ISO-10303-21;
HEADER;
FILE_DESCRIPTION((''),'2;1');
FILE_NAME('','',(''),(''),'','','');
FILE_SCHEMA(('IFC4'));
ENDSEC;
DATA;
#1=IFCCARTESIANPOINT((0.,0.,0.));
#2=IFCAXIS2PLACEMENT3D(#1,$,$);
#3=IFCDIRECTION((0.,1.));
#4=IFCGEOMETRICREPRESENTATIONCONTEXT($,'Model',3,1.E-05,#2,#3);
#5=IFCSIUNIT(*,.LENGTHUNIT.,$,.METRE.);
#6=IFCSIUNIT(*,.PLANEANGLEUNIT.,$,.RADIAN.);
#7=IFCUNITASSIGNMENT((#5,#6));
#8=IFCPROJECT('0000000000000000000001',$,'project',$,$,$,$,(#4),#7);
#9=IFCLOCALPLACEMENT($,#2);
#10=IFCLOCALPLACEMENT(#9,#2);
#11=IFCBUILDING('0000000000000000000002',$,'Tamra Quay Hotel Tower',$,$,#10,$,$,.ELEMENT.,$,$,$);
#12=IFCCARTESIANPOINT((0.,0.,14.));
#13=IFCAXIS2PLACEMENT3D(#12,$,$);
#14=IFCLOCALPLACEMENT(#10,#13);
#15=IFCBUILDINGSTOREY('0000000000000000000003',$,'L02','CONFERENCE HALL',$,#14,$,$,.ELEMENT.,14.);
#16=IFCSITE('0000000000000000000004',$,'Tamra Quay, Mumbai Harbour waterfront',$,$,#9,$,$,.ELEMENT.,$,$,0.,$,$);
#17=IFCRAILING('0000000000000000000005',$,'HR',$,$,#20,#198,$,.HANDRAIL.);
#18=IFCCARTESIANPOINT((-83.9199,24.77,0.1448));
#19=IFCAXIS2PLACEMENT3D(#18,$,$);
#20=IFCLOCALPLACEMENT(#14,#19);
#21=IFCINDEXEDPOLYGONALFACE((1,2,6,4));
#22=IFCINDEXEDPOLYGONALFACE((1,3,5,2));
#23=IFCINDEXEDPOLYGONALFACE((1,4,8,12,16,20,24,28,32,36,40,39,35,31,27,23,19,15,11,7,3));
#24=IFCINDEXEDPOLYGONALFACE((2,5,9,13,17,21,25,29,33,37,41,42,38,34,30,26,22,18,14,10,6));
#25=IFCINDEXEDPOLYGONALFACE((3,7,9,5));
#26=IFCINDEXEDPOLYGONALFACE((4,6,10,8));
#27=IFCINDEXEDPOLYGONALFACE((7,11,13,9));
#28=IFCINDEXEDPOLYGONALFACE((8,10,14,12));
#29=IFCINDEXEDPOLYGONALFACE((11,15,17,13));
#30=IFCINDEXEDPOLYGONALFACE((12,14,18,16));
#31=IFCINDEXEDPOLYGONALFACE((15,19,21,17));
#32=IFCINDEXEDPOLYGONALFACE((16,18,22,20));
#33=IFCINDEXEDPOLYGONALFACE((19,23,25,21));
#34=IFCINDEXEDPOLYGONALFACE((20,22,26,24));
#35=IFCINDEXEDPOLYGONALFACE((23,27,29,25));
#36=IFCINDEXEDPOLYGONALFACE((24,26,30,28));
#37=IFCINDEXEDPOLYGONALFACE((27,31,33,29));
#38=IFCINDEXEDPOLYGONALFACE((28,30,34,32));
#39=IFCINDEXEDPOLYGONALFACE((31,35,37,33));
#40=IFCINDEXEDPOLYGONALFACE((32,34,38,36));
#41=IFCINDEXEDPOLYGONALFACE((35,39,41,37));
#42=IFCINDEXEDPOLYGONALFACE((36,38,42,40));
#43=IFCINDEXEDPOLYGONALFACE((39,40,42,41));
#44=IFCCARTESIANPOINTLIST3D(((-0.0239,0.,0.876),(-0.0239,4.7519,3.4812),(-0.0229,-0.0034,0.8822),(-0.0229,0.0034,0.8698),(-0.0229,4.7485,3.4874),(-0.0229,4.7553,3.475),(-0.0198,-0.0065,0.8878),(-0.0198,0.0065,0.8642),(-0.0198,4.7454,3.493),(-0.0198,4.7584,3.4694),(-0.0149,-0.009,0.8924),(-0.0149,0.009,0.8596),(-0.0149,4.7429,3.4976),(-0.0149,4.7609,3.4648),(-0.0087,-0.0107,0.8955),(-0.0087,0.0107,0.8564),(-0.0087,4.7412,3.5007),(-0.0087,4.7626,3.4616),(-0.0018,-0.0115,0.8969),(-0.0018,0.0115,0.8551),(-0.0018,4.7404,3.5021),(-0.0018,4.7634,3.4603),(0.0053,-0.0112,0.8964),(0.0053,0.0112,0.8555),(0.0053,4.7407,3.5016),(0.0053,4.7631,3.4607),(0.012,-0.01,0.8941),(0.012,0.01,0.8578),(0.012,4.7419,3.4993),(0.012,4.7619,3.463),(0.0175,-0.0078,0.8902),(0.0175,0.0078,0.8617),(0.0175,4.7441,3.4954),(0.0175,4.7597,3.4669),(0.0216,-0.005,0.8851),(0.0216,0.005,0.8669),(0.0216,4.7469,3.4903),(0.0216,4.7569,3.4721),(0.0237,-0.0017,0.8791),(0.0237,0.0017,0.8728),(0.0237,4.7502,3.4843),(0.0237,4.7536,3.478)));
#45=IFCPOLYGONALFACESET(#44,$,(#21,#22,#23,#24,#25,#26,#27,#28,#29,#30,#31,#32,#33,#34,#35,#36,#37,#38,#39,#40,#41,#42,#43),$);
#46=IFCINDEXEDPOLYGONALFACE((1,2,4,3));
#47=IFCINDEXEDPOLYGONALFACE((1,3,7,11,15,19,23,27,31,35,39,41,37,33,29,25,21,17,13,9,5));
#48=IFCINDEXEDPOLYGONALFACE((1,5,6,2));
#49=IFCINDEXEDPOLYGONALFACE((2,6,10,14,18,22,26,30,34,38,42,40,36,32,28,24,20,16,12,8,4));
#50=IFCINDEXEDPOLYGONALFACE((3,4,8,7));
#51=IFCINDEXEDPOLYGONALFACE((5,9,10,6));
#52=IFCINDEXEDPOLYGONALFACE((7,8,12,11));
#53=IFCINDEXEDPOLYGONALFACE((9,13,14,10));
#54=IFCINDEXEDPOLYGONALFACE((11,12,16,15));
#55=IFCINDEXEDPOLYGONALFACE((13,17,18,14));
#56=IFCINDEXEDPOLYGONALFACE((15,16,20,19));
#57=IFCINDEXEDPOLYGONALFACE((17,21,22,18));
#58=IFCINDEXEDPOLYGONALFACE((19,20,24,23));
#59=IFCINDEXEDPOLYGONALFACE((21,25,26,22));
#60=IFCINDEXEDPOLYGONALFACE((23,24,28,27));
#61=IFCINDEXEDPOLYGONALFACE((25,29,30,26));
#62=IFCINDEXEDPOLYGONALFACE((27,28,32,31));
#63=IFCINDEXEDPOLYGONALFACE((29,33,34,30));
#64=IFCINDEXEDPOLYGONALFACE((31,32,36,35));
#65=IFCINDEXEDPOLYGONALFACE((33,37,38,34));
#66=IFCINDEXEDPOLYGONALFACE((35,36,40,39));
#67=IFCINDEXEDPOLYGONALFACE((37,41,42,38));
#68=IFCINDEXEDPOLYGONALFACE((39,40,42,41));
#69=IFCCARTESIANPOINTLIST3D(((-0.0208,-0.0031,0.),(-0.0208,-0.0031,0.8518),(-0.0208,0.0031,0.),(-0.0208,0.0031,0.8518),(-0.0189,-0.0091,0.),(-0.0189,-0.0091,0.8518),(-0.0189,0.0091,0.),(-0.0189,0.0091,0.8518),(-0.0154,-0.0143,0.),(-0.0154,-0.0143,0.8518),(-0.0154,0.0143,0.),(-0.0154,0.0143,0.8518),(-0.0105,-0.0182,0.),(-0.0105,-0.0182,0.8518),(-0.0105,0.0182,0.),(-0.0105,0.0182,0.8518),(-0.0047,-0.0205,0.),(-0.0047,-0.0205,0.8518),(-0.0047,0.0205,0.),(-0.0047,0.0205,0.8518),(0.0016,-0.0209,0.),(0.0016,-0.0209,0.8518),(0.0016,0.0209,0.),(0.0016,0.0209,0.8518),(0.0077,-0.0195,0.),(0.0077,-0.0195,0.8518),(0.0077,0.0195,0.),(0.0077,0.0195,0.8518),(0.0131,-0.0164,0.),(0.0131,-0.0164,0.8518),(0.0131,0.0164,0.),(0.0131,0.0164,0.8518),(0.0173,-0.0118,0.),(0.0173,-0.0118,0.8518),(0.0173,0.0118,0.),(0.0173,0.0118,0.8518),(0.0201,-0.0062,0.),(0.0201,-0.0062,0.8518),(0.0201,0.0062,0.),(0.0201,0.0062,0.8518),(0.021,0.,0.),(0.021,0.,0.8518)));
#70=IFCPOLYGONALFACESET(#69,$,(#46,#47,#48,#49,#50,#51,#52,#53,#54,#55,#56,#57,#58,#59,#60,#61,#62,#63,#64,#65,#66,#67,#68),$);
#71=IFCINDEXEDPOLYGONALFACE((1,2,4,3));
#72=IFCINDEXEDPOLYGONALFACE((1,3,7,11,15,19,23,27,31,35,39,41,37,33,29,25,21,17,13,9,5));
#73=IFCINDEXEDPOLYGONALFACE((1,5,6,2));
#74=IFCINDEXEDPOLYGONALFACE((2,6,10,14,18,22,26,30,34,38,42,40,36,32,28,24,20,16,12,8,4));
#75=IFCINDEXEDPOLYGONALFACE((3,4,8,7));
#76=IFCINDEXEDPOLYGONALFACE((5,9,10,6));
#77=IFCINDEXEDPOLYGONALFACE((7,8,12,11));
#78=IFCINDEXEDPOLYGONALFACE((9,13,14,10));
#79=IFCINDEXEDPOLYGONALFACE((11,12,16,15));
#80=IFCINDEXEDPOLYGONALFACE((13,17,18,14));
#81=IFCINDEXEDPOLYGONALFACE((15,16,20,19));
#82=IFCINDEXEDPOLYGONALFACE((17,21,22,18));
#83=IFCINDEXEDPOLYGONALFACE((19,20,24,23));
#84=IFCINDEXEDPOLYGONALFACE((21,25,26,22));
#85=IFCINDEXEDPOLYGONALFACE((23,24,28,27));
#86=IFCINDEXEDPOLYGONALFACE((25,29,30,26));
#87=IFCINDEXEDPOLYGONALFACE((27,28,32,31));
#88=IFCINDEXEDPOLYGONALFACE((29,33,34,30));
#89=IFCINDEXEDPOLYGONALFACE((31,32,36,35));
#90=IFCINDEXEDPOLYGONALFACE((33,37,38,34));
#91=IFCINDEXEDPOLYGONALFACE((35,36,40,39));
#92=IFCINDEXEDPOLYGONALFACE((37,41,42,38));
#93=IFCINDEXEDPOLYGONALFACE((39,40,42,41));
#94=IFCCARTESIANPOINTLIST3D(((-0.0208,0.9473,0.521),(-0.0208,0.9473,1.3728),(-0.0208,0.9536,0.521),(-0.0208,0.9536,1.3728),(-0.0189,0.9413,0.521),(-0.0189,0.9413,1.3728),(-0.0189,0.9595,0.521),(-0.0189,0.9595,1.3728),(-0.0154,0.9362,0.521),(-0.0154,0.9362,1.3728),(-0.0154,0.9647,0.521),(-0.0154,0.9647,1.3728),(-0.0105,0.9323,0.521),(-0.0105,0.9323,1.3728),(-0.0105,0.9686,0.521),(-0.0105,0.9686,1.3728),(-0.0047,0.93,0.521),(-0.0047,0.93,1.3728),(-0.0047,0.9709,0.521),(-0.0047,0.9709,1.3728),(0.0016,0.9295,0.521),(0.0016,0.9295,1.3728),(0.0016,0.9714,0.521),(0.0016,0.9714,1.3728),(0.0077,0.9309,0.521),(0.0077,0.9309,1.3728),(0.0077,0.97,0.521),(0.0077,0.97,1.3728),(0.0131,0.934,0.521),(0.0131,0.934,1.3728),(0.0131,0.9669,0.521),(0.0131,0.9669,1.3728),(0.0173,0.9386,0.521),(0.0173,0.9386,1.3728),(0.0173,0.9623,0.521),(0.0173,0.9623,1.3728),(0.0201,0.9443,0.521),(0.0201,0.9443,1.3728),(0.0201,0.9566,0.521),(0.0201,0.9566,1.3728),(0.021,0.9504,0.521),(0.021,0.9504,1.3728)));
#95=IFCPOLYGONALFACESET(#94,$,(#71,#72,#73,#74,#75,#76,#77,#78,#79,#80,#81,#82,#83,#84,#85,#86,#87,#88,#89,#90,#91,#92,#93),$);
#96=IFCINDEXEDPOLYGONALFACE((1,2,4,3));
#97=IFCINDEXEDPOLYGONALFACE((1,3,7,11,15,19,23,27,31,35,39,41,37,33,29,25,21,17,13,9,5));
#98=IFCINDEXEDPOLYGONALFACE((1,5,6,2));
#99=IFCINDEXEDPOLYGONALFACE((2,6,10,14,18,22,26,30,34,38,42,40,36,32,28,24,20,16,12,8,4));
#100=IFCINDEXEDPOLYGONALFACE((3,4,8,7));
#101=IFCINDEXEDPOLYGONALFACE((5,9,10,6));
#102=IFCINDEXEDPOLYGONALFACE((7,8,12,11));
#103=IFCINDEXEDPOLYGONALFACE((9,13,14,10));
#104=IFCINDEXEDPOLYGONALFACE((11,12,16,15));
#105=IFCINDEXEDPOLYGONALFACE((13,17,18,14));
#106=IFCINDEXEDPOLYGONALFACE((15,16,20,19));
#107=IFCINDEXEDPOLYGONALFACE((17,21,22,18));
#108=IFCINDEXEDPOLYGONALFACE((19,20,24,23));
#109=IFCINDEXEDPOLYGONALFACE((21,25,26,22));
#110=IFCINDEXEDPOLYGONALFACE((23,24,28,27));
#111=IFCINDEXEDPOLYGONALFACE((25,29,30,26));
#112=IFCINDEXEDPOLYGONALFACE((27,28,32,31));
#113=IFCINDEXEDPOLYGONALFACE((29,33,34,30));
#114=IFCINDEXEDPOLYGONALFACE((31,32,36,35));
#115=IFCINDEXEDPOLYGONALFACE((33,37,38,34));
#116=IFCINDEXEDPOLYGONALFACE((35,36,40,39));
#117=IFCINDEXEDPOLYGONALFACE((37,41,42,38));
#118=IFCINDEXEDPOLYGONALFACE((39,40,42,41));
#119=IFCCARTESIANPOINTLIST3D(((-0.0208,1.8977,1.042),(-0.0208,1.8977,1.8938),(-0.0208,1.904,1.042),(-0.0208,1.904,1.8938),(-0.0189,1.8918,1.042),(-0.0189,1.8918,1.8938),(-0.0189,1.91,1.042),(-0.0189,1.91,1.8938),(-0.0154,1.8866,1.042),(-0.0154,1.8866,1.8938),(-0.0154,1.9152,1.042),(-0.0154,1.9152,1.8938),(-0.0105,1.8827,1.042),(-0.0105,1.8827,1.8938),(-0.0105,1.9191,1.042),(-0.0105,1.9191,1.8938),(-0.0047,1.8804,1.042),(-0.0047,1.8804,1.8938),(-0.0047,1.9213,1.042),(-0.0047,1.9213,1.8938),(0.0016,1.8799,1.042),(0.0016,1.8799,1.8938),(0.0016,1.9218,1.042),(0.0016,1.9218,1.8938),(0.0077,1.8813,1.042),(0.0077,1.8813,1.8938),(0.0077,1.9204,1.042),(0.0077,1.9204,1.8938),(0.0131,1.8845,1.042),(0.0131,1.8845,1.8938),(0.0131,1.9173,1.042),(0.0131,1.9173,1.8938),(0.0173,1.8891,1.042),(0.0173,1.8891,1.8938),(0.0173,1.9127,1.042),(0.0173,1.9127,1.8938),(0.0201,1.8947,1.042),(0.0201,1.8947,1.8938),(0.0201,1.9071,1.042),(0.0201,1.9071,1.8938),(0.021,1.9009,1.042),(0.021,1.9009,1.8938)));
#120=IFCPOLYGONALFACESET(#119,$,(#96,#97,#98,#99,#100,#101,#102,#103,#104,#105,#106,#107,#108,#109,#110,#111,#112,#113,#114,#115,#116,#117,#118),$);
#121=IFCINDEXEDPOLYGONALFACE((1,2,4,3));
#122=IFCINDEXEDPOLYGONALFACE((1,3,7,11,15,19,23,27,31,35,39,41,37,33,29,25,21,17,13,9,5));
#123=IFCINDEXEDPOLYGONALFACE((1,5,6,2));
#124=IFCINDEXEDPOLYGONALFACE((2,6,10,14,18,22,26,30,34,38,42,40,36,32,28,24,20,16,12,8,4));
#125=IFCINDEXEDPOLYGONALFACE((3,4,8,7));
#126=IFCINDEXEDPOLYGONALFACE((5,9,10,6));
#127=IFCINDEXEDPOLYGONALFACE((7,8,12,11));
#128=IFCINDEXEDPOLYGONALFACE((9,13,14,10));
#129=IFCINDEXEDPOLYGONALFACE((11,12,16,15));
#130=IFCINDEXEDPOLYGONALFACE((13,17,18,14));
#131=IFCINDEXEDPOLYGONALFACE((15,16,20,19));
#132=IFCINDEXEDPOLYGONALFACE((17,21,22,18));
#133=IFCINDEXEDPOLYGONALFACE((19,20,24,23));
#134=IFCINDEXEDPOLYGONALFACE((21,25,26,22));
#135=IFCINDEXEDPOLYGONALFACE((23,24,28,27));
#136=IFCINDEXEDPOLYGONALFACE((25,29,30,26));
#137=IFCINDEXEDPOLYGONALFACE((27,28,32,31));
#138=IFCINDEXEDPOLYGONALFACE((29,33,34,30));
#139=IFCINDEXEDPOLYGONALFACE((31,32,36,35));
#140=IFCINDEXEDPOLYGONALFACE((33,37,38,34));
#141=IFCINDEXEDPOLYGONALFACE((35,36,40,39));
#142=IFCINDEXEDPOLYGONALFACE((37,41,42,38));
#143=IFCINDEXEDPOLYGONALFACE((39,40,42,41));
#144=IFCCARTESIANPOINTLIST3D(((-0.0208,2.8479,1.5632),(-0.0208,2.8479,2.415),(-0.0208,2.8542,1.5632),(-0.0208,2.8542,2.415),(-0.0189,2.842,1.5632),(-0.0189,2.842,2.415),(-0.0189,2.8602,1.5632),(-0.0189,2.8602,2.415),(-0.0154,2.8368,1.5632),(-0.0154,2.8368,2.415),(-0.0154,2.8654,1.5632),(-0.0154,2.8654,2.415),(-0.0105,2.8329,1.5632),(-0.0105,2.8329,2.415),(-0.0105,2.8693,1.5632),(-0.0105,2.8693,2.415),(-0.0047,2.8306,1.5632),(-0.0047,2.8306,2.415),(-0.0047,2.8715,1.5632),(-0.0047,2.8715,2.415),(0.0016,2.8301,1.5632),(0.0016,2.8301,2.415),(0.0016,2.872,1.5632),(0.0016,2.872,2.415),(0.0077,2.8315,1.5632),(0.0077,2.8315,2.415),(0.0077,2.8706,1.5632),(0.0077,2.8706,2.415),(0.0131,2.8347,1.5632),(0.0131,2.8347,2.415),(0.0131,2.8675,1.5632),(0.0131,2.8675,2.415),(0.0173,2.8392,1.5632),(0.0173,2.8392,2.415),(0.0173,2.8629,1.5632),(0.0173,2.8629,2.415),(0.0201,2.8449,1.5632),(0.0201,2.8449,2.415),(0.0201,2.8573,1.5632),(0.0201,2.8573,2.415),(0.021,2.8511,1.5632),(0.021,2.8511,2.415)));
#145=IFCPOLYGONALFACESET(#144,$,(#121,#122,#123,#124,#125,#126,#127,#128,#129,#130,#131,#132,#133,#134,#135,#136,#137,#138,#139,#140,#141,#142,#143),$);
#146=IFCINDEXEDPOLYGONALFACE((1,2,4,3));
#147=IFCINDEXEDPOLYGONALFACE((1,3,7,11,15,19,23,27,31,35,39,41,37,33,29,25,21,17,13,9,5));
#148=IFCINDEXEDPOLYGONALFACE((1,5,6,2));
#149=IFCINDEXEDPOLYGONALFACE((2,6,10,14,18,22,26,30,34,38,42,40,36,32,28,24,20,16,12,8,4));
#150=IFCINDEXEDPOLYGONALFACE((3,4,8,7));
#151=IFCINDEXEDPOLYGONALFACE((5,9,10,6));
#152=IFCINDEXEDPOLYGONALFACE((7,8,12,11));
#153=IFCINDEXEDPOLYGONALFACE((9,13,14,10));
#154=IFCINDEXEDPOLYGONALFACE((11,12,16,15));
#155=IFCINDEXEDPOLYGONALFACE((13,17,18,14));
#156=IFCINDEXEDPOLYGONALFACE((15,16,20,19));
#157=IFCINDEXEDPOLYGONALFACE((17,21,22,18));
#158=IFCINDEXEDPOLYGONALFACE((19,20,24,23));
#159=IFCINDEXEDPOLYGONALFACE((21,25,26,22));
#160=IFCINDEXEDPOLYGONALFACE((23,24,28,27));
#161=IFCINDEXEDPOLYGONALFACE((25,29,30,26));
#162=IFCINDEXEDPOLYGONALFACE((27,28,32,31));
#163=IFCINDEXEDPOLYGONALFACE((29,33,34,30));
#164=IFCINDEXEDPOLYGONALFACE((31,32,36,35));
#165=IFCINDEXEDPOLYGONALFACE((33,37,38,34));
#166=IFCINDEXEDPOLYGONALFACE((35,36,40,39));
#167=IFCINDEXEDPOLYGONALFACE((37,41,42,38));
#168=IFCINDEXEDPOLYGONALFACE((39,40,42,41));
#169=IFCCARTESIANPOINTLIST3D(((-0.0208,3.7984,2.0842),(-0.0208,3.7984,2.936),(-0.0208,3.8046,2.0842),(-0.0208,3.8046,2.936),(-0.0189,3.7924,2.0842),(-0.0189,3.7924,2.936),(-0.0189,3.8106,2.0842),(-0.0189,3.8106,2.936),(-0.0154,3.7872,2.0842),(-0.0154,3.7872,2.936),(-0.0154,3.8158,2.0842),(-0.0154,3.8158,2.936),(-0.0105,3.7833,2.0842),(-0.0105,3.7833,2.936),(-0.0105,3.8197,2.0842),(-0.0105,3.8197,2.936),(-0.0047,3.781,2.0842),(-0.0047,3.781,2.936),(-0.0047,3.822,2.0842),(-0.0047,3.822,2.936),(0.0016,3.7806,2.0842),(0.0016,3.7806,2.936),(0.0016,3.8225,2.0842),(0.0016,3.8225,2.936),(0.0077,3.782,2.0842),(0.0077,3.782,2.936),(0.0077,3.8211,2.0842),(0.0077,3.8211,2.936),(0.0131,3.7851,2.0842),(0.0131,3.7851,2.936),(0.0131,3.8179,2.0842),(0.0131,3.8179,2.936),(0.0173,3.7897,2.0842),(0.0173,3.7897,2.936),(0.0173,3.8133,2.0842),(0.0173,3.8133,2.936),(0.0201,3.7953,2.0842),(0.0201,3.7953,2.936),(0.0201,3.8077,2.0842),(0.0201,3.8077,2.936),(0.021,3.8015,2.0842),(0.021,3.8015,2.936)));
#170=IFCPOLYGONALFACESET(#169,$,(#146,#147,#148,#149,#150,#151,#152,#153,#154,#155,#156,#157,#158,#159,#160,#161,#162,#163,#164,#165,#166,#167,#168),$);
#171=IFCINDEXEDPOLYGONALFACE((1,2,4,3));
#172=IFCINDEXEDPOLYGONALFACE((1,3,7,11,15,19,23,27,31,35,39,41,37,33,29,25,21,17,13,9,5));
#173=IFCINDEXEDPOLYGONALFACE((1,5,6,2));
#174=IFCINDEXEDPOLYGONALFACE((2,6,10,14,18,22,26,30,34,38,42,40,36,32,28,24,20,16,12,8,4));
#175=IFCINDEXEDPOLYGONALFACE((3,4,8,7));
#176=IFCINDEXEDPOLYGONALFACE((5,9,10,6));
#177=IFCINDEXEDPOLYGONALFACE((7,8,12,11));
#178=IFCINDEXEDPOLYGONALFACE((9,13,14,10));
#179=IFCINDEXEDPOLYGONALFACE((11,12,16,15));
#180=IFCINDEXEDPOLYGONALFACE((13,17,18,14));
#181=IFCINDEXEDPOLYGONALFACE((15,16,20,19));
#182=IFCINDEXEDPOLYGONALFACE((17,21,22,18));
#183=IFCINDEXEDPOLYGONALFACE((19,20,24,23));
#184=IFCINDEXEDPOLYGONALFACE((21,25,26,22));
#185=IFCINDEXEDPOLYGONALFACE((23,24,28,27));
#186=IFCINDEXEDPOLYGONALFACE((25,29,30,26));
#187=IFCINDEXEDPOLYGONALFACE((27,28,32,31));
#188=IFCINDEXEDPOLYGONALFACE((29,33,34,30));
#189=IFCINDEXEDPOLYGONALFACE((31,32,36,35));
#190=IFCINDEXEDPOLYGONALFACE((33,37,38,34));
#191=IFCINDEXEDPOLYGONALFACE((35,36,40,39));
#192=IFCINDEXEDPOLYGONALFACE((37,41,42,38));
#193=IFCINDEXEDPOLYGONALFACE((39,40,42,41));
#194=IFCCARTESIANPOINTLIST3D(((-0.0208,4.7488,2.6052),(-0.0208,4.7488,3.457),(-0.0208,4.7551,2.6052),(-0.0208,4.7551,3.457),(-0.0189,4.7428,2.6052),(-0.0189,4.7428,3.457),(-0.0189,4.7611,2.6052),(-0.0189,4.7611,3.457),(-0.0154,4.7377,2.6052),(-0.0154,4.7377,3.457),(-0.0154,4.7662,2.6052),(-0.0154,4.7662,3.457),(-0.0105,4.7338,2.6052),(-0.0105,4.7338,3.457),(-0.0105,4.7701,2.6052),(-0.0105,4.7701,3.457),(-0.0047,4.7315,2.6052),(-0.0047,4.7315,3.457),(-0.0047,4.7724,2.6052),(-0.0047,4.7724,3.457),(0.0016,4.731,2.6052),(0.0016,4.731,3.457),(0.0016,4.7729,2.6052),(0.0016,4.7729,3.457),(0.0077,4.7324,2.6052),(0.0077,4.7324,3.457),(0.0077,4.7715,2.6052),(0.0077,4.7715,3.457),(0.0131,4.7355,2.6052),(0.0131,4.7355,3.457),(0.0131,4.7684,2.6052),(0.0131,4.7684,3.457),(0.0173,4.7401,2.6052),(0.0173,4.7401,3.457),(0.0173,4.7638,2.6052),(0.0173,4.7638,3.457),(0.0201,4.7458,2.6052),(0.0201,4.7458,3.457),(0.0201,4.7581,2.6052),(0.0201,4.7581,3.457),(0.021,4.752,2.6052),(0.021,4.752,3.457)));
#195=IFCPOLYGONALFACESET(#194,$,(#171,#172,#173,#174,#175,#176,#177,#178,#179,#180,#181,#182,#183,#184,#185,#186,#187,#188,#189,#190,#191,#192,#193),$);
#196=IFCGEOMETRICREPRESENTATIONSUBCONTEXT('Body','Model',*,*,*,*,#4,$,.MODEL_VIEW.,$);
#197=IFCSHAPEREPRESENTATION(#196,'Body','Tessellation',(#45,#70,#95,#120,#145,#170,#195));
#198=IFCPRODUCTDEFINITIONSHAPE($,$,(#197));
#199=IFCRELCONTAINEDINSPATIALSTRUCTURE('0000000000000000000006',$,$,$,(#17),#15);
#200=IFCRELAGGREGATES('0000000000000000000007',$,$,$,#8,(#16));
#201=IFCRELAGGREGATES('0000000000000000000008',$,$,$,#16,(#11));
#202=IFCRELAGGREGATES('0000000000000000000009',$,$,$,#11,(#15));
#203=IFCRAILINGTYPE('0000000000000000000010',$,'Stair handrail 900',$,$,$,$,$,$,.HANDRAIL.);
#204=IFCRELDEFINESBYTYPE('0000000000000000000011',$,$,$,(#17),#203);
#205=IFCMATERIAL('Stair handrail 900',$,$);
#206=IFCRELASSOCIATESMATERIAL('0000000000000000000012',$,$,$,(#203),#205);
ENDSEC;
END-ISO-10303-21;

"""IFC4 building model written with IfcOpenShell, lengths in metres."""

from ifc_helpers import new_model, si_unit, direction, frame, origin, origin_2d, place, context, subcontext, project, spatial, circle, extrude, material, type_object, element, save


model = new_model("IFC4")

# Units and contexts
model_context = context("Model", 3, precision=1e-05, world=origin(), true_north=direction((0.0, 1.0)))
body_context = subcontext(model_context, "Body", "Model", "MODEL_VIEW")
ifc_project = project(units=[si_unit("LENGTHUNIT", "METRE"), si_unit("PLANEANGLEUNIT", "RADIAN")], contexts=[model_context])

# Site, building, storey
site_placement = place(None, origin())
site = spatial("IfcSite", under=ifc_project, at=site_placement, Name="Tamra Quay, Mumbai Harbour waterfront", CompositionType="ELEMENT", RefElevation=0.0)
building_placement = place(site_placement, origin())
building = spatial("IfcBuilding", under=site, at=building_placement, Name="Tamra Quay Hotel Tower", CompositionType="ELEMENT")
storey_placement = place(building_placement, frame((0.0, 0.0, 14.0)))
storey = spatial("IfcBuildingStorey", under=building, at=storey_placement, Name="L02", Description="CONFERENCE HALL", CompositionType="ELEMENT", Elevation=14.0)

# Railing
ifc_material_1 = material(Name="Stair handrail 900")
railing_type_1 = type_object("IfcRailingType", Name="Stair handrail 900", PredefinedType="HANDRAIL", material=ifc_material_1)
railing_1_placement = place(storey_placement, frame((-83.9199, 24.77, 0.1448)))
element("IfcRailing", 1, at=railing_1_placement, inside=storey, type_object=railing_type_1, Name="HR", PredefinedType="HANDRAIL", context=body_context, shape_type="SweptSolid", body=[
    extrude(circle(Radius=0.0239, at=origin_2d()), frame((0.0, 0.0, 0.876), z_axis=(0.0, 0.876866, 0.480735), x_axis=(-1.0, 0.0, 0.0)), (0.0, 0.0, 1.0), 5.4192),
    extrude(circle(Radius=0.021, at=origin_2d()), origin(), (0.0, 0.0, 1.0), 0.8518),
    extrude(circle(Radius=0.021, at=origin_2d()), frame((0.0, 0.9504, 0.521)), (0.0, 0.0, 1.0), 0.8518),
    extrude(circle(Radius=0.021, at=origin_2d()), frame((0.0, 1.9009, 1.042)), (0.0, 0.0, 1.0), 0.8518),
    extrude(circle(Radius=0.021, at=origin_2d()), frame((0.0, 2.8511, 1.5632)), (0.0, 0.0, 1.0), 0.8518),
    extrude(circle(Radius=0.021, at=origin_2d()), frame((0.0, 3.8015, 2.0842)), (0.0, 0.0, 1.0), 0.8518),
    extrude(circle(Radius=0.021, at=origin_2d()), frame((0.0, 4.752, 2.6052)), (0.0, 0.0, 1.0), 0.8518),
])

save(model, "model.ifc")
